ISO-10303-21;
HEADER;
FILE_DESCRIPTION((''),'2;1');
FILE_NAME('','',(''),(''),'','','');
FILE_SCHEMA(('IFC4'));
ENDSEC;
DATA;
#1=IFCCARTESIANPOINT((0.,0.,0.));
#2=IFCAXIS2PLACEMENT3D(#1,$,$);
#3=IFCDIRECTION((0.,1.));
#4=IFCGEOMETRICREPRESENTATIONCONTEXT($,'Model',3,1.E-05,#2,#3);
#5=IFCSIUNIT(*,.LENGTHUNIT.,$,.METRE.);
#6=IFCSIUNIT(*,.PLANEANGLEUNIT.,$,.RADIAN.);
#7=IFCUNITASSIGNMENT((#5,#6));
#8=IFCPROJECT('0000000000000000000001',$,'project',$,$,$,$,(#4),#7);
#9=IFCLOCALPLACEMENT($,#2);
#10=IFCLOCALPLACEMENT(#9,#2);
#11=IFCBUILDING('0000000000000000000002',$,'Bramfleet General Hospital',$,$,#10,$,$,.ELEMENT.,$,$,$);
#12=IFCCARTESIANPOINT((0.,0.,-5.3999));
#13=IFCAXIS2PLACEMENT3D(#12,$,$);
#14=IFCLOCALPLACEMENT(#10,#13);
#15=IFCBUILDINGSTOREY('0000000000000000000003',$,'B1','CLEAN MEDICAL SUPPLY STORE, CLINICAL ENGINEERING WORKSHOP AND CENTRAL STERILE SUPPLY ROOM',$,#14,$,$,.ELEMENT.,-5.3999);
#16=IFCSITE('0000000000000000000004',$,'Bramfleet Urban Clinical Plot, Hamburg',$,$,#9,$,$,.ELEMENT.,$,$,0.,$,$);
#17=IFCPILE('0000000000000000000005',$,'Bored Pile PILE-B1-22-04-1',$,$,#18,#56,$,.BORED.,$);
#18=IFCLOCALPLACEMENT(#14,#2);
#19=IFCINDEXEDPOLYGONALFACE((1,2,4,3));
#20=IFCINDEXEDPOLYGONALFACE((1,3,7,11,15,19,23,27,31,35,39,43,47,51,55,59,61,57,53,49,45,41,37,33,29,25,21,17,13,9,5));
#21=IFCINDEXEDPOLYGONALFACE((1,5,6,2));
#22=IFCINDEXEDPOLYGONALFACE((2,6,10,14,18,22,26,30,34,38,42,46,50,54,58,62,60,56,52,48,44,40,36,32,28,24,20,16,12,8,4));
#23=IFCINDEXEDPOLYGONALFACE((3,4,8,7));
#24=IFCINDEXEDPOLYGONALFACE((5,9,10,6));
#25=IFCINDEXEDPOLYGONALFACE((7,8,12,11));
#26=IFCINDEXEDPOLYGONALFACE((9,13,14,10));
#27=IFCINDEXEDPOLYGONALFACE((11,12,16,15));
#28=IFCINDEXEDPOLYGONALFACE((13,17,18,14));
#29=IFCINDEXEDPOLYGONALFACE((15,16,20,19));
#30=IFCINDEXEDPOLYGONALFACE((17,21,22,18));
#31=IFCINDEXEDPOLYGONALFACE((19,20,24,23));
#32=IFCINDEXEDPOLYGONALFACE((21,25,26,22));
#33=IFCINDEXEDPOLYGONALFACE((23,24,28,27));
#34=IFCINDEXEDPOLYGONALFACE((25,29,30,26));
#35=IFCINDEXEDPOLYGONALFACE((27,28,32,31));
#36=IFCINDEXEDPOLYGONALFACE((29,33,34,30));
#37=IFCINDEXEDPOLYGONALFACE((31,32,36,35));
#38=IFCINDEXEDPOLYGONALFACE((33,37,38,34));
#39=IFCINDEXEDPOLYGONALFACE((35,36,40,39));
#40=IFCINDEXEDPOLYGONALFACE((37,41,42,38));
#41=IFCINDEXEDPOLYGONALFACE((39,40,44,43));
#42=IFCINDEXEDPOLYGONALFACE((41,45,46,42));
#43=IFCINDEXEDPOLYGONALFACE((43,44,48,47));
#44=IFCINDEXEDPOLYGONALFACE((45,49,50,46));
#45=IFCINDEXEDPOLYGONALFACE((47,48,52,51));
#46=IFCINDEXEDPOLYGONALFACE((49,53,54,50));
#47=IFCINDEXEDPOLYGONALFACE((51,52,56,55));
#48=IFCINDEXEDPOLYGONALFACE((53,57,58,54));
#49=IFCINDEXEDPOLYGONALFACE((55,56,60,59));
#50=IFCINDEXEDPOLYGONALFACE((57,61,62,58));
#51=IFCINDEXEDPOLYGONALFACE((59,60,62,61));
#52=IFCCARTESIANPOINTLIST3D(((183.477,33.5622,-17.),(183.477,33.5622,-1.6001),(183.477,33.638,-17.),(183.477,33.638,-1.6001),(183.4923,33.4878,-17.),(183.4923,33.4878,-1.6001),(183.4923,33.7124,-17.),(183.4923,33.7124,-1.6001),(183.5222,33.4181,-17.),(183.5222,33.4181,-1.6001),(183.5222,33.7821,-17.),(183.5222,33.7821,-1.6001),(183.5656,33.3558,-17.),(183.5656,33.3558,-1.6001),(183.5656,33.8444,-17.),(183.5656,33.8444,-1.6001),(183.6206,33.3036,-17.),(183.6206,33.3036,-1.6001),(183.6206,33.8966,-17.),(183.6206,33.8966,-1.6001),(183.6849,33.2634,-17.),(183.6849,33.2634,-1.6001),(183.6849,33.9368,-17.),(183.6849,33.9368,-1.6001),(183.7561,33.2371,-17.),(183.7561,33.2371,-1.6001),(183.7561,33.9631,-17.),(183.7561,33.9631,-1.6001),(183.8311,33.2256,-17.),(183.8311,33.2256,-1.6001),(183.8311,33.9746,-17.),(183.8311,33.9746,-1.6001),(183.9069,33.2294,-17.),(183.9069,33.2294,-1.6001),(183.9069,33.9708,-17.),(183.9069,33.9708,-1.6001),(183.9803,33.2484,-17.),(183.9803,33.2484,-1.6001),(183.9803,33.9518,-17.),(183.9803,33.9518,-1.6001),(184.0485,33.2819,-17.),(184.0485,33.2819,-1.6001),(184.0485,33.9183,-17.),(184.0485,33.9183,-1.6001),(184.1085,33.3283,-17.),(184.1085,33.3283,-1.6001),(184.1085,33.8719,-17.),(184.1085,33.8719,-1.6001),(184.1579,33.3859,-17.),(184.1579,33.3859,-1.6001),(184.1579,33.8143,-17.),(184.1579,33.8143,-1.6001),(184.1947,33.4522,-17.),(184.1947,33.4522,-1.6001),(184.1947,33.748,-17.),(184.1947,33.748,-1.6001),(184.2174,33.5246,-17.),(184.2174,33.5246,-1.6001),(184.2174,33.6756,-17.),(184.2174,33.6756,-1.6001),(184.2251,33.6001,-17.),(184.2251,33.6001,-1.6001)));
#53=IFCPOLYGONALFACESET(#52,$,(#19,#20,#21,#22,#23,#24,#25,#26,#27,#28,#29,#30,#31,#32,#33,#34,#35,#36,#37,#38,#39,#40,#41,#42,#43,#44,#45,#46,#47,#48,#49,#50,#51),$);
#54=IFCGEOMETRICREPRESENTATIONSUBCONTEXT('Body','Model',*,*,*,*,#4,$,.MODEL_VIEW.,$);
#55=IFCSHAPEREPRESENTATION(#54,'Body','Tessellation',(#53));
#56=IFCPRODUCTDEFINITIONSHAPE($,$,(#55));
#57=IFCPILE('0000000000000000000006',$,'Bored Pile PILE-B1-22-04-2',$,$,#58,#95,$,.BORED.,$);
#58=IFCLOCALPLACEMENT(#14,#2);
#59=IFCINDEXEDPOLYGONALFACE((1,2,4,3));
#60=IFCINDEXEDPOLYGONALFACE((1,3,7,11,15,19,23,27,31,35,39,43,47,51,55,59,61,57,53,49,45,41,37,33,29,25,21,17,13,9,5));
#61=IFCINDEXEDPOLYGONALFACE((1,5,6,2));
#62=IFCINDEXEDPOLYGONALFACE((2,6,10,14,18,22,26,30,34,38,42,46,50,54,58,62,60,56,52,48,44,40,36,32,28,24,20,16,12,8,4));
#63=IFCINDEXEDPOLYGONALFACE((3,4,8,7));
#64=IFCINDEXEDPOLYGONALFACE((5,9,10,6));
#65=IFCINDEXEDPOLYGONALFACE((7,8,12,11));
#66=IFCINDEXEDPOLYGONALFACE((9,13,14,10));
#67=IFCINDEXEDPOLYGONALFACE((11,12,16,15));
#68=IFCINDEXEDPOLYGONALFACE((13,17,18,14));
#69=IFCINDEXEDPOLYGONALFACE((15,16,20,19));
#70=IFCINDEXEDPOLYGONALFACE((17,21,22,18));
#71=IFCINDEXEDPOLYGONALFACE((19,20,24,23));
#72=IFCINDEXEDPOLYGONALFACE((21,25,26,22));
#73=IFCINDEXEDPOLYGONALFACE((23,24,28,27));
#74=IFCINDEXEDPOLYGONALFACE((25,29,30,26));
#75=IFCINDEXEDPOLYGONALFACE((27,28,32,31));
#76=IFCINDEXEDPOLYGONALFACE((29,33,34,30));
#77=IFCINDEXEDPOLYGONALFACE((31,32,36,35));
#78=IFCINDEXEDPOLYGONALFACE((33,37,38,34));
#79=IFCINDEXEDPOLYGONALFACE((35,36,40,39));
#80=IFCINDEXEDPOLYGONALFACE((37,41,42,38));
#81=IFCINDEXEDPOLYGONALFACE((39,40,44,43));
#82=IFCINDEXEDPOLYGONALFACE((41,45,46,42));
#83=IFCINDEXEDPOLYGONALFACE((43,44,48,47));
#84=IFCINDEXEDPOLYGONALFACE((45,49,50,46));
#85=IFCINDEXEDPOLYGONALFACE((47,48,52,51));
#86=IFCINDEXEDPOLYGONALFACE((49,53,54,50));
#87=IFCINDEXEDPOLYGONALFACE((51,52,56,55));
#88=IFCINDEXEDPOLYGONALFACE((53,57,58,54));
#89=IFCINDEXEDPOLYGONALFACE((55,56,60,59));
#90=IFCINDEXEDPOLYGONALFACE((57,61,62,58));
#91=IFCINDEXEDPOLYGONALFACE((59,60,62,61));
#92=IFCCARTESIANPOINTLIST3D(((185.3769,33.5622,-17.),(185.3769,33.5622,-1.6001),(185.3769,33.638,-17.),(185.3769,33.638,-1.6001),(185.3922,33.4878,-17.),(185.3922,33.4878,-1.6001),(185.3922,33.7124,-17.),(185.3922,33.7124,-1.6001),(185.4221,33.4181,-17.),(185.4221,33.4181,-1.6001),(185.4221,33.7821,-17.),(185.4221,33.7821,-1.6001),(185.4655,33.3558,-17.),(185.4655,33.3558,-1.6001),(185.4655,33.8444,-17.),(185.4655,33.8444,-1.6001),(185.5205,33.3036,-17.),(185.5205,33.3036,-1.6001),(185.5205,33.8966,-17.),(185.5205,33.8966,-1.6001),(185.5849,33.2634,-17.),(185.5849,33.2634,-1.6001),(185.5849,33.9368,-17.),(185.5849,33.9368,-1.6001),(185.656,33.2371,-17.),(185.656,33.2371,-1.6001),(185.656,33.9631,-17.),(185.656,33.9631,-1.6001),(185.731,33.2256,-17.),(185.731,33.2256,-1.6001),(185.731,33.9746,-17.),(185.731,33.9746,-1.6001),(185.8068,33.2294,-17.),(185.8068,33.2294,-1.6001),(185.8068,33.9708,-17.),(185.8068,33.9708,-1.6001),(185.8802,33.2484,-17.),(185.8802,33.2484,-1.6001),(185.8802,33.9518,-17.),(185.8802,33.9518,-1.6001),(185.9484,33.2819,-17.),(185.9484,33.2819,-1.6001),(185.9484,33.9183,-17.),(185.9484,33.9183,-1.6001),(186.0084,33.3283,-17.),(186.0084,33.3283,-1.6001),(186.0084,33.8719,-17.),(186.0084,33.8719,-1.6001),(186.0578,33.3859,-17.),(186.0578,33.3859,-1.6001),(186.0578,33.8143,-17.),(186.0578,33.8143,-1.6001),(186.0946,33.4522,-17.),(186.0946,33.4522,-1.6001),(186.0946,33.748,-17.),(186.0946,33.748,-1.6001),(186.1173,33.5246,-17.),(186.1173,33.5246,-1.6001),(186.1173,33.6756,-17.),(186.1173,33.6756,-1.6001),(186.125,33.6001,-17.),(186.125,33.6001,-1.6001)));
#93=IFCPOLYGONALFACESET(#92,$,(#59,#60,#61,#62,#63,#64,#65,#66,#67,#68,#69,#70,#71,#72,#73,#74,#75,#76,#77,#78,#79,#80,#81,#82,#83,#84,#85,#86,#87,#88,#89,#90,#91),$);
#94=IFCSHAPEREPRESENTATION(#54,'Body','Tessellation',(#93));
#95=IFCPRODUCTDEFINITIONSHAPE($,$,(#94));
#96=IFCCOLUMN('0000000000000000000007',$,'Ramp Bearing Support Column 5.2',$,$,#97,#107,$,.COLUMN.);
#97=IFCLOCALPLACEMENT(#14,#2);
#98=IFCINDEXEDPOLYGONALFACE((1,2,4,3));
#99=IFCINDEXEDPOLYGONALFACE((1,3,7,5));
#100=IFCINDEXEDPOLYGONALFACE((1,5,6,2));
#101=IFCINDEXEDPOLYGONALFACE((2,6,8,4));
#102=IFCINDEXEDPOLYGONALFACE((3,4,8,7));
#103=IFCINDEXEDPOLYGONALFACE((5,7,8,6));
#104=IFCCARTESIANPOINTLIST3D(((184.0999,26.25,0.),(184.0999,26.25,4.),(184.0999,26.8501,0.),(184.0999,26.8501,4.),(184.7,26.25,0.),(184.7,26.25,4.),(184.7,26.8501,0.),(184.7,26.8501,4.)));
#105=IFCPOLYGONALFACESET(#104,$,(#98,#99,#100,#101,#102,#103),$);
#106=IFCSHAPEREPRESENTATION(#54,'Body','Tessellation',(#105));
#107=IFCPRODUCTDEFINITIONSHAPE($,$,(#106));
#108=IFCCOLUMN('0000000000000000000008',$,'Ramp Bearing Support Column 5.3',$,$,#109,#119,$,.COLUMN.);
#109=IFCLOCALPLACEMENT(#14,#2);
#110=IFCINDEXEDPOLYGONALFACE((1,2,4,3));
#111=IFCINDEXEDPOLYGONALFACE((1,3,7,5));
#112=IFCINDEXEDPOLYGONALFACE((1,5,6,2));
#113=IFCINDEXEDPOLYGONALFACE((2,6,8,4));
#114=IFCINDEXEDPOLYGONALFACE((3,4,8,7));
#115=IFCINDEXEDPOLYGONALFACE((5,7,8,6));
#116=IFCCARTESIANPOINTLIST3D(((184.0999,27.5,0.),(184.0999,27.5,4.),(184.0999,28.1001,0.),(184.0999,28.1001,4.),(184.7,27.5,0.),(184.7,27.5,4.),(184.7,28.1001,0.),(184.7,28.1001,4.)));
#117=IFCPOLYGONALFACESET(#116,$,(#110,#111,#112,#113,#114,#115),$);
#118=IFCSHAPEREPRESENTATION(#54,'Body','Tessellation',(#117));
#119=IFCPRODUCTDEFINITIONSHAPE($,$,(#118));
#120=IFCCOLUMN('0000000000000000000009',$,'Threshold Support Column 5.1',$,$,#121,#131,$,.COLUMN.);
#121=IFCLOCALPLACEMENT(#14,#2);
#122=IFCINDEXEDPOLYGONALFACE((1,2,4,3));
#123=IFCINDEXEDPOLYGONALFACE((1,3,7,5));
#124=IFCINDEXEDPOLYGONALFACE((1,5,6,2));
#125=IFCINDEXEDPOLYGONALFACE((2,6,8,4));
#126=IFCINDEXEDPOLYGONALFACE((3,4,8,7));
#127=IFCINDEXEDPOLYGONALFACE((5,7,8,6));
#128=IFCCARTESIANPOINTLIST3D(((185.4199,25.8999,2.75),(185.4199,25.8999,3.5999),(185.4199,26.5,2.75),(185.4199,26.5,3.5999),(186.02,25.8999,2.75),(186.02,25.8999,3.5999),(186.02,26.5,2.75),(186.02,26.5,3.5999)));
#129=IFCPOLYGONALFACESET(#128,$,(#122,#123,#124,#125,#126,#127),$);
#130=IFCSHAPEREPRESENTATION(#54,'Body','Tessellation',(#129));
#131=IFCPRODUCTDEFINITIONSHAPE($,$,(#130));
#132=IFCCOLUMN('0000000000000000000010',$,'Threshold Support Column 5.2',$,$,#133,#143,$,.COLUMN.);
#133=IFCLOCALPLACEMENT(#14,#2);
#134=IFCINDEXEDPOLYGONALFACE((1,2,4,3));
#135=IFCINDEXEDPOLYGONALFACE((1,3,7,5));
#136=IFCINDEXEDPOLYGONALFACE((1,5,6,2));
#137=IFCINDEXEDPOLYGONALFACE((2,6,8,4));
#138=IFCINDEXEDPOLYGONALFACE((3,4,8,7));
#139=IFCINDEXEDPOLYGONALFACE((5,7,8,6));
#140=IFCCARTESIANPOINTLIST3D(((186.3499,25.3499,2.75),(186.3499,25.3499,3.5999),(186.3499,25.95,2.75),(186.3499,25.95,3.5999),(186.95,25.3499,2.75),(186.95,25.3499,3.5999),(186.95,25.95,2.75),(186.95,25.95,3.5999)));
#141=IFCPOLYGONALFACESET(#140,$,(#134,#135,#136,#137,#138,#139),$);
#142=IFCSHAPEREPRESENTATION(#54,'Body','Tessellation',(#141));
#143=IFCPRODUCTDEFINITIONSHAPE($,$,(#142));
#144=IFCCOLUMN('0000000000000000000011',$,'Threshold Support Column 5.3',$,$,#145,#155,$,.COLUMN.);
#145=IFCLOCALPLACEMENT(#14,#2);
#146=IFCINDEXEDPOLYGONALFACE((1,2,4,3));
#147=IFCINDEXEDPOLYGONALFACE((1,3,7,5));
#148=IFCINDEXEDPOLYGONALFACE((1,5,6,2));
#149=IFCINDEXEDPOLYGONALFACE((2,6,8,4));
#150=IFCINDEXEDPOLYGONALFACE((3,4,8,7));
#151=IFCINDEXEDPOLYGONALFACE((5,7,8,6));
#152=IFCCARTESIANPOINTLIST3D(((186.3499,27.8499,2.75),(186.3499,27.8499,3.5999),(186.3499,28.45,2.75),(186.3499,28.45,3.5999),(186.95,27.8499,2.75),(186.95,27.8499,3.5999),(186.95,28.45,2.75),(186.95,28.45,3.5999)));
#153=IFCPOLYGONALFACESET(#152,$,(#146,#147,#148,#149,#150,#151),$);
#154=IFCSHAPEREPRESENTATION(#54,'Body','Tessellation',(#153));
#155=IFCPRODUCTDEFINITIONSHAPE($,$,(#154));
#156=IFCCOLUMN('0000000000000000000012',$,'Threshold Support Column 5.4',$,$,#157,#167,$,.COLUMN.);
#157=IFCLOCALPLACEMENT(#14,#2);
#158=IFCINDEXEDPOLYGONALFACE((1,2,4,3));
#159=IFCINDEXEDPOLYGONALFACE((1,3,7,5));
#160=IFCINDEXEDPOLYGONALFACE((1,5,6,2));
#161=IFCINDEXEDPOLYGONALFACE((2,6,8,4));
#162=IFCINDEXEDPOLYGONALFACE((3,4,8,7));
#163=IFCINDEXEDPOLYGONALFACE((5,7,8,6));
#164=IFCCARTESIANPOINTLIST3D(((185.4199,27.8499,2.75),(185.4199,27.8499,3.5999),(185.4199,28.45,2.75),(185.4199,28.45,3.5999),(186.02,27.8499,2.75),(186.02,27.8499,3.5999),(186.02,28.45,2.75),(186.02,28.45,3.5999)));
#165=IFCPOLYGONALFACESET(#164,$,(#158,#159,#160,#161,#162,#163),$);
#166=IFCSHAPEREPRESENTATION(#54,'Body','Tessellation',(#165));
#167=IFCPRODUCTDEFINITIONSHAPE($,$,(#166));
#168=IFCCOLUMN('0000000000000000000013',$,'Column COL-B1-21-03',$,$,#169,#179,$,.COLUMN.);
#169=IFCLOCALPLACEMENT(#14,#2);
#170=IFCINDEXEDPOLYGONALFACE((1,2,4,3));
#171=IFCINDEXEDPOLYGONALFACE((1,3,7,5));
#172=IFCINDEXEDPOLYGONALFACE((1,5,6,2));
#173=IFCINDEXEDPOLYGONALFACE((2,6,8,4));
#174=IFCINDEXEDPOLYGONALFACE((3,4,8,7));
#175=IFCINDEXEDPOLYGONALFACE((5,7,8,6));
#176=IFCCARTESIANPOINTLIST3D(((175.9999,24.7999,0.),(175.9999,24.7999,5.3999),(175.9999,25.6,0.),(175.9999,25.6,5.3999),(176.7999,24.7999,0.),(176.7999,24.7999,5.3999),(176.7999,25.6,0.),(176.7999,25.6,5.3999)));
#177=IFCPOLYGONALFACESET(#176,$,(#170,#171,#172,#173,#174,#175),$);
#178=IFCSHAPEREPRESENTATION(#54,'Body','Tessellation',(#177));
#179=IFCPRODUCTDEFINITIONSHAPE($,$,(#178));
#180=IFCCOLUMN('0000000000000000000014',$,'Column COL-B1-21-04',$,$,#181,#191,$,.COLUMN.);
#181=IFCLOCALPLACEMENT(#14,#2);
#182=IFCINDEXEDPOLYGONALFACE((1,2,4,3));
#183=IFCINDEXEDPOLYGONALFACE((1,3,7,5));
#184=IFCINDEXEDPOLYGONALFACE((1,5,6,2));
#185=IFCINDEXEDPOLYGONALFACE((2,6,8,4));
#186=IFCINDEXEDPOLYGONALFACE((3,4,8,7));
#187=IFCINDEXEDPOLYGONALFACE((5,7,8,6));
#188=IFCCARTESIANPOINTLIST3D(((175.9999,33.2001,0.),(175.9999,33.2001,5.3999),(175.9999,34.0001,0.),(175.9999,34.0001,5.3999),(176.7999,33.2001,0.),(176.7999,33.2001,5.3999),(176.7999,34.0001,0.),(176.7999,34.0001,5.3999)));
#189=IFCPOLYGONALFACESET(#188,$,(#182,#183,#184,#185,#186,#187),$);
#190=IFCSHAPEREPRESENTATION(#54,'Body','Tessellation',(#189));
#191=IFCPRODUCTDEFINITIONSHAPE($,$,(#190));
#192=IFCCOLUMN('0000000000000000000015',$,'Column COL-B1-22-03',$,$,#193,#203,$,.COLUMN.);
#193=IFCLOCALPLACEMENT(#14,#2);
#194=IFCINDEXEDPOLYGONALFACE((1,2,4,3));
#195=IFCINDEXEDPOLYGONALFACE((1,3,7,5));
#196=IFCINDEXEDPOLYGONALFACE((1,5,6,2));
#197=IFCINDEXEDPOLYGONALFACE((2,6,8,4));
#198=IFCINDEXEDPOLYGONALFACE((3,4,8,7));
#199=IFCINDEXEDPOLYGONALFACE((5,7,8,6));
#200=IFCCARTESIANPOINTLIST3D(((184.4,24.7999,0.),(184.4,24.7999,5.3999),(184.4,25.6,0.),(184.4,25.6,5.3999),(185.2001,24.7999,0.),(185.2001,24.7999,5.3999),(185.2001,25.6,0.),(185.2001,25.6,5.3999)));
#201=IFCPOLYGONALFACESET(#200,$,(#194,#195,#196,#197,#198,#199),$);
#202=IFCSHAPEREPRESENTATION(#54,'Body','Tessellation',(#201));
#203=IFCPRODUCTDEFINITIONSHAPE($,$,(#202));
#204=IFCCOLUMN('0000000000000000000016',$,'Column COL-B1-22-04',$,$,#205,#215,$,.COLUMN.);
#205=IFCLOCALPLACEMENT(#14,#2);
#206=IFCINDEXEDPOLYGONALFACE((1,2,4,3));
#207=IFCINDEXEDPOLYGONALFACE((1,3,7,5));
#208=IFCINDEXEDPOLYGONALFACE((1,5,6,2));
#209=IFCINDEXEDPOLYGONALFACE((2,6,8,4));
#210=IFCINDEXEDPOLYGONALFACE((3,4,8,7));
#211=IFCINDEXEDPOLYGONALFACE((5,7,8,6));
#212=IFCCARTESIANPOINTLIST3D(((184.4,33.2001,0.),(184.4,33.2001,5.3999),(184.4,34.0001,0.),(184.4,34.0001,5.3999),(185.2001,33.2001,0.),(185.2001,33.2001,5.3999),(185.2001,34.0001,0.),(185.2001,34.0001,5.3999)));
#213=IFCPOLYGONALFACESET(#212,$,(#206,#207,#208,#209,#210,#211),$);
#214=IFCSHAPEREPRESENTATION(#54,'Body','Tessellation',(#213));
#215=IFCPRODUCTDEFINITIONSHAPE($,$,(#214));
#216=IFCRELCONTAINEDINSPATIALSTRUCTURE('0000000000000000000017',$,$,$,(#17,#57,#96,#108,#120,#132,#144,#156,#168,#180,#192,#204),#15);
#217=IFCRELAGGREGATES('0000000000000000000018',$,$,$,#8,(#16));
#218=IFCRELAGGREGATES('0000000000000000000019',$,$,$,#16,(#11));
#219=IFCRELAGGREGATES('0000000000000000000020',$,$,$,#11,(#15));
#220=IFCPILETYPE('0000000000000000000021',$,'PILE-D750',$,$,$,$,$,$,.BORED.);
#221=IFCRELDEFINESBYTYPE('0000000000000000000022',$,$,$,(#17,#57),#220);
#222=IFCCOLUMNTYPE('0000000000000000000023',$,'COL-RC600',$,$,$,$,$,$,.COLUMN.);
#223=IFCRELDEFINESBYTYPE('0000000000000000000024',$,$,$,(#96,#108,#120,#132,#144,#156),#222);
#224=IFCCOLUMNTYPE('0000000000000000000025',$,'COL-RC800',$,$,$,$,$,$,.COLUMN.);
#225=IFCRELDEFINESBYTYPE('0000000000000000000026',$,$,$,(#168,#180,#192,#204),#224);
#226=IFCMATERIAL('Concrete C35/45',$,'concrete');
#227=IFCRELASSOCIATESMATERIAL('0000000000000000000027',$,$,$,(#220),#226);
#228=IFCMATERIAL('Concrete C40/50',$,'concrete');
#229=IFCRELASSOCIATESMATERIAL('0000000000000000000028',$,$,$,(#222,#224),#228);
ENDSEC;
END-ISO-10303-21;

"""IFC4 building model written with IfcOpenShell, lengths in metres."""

from ifc_helpers import new_model, si_unit, direction, frame, origin, origin_2d, place, context, subcontext, project, spatial, rectangle, circle, extrude, material, material_profile, profile_set, type_object, element, save


model = new_model("IFC4")

# Units and contexts
model_context = context("Model", 3, precision=1e-05, world=origin(), true_north=direction((0.0, 1.0)))
body_context = subcontext(model_context, "Body", "Model", "MODEL_VIEW")
ifc_project = project(units=[si_unit("LENGTHUNIT", "METRE"), si_unit("PLANEANGLEUNIT", "RADIAN")], contexts=[model_context])

# Site, building, storey
site_placement = place(None, origin())
site = spatial("IfcSite", under=ifc_project, at=site_placement, Name="Bramfleet Urban Clinical Plot, Hamburg", CompositionType="ELEMENT", RefElevation=0.0)
building_placement = place(site_placement, origin())
building = spatial("IfcBuilding", under=site, at=building_placement, Name="Bramfleet General Hospital", CompositionType="ELEMENT")
storey_placement = place(building_placement, frame((0.0, 0.0, -5.3999)))
storey = spatial("IfcBuildingStorey", under=building, at=storey_placement, Name="B1", Description="CLEAN MEDICAL SUPPLY STORE, CLINICAL ENGINEERING WORKSHOP AND CENTRAL STERILE SUPPLY ROOM", CompositionType="ELEMENT", Elevation=-5.3999)

# Shared definitions
ifc_material_1 = material(Name="Concrete C35/45", Category="concrete")

# Piles
ifc_material_profile_1 = material_profile(ifc_material_1, circle(Radius=0.375, at=origin_2d()), Name="PILE BORED D750")
ifc_profile_set_1 = profile_set([ifc_material_profile_1], Name="Concrete C35/45")
pile_type = type_object("IfcPileType", Name="PILE-D750", PredefinedType="BORED", material=ifc_profile_set_1)
for number, where, z_axis, x_axis, name in (
    (1, (183.8501, 33.6001, -1.6001), (0.0, 0.0, -1.0), (1.0, 0.0, 0.0), "Bored Pile PILE-B1-22-04-1"),
    (2, (185.75, 33.6001, -1.6001), (0.0, 0.0, -1.0), (1.0, 0.0, 0.0), "Bored Pile PILE-B1-22-04-2"),
):
    element("IfcPile", number, at=place(storey_placement, frame(where, z_axis=z_axis, x_axis=x_axis)), inside=storey, type_object=pile_type, Name=name, PredefinedType="BORED", context=body_context, shape_type="SweptSolid", body=[
        extrude(circle(Radius=0.375, at=origin_2d()), origin(), (0.0, 0.0, 1.0), 15.3999),
    ])

# Columns
ifc_material_2 = material(Name="Concrete C40/50", Category="concrete")
ifc_material_profile_2 = material_profile(ifc_material_2, rectangle(XDim=0.6001, YDim=0.6001, at=origin_2d()), Name="RC COL 600x600")
ifc_profile_set_2 = profile_set([ifc_material_profile_2], Name="Concrete C40/50")
column_type_1 = type_object("IfcColumnType", Name="COL-RC600", PredefinedType="COLUMN", material=ifc_profile_set_2)
for number, where, z_axis, x_axis, name in (
    (3, (184.3999, 26.55, 0.0), (0.0, 0.0, 1.0), (1.0, 0.0, 0.0), "Ramp Bearing Support Column 5.2"),
    (4, (184.3999, 27.8, 0.0), (0.0, 0.0, 1.0), (1.0, 0.0, 0.0), "Ramp Bearing Support Column 5.3"),
):
    element("IfcColumn", number, at=place(storey_placement, frame(where, z_axis=z_axis, x_axis=x_axis)), inside=storey, type_object=column_type_1, Name=name, PredefinedType="COLUMN", context=body_context, shape_type="SweptSolid", body=[
        extrude(rectangle(XDim=0.6001, YDim=0.6001, at=origin_2d()), origin(), (0.0, 0.0, 1.0), 4.0),
    ])
for number, where, z_axis, x_axis, name in (
    (5, (185.72, 26.2, 2.75), (0.0, 0.0, 1.0), (1.0, 0.0, 0.0), "Threshold Support Column 5.1"),
    (6, (186.6499, 25.6499, 2.75), (0.0, 0.0, 1.0), (1.0, 0.0, 0.0), "Threshold Support Column 5.2"),
    (7, (186.6499, 28.1499, 2.75), (0.0, 0.0, 1.0), (1.0, 0.0, 0.0), "Threshold Support Column 5.3"),
    (8, (185.72, 28.1499, 2.75), (0.0, 0.0, 1.0), (1.0, 0.0, 0.0), "Threshold Support Column 5.4"),
):
    element("IfcColumn", number, at=place(storey_placement, frame(where, z_axis=z_axis, x_axis=x_axis)), inside=storey, type_object=column_type_1, Name=name, PredefinedType="COLUMN", context=body_context, shape_type="SweptSolid", body=[
        extrude(rectangle(XDim=0.6001, YDim=0.6001, at=origin_2d()), origin(), (0.0, 0.0, 1.0), 0.8499),
    ])
ifc_material_profile_3 = material_profile(ifc_material_2, rectangle(XDim=0.8, YDim=0.8, at=origin_2d()), Name="RC COL 800x800")
ifc_profile_set_3 = profile_set([ifc_material_profile_3], Name="Concrete C40/50")
column_type_2 = type_object("IfcColumnType", Name="COL-RC800", PredefinedType="COLUMN", material=ifc_profile_set_3)
for number, where, z_axis, x_axis, name in (
    (9, (176.3999, 25.2, 0.0), (0.0, 0.0, 1.0), (1.0, 0.0, 0.0), "Column COL-B1-21-03"),
    (10, (176.3999, 33.6001, 0.0), (0.0, 0.0, 1.0), (1.0, 0.0, 0.0), "Column COL-B1-21-04"),
    (11, (184.8, 25.2, 0.0), (0.0, 0.0, 1.0), (1.0, 0.0, 0.0), "Column COL-B1-22-03"),
    (12, (184.8, 33.6001, 0.0), (0.0, 0.0, 1.0), (1.0, 0.0, 0.0), "Column COL-B1-22-04"),
):
    element("IfcColumn", number, at=place(storey_placement, frame(where, z_axis=z_axis, x_axis=x_axis)), inside=storey, type_object=column_type_2, Name=name, PredefinedType="COLUMN", context=body_context, shape_type="SweptSolid", body=[
        extrude(rectangle(XDim=0.8, YDim=0.8, at=origin_2d()), origin(), (0.0, 0.0, 1.0), 5.3999),
    ])

save(model, "model.ifc")
